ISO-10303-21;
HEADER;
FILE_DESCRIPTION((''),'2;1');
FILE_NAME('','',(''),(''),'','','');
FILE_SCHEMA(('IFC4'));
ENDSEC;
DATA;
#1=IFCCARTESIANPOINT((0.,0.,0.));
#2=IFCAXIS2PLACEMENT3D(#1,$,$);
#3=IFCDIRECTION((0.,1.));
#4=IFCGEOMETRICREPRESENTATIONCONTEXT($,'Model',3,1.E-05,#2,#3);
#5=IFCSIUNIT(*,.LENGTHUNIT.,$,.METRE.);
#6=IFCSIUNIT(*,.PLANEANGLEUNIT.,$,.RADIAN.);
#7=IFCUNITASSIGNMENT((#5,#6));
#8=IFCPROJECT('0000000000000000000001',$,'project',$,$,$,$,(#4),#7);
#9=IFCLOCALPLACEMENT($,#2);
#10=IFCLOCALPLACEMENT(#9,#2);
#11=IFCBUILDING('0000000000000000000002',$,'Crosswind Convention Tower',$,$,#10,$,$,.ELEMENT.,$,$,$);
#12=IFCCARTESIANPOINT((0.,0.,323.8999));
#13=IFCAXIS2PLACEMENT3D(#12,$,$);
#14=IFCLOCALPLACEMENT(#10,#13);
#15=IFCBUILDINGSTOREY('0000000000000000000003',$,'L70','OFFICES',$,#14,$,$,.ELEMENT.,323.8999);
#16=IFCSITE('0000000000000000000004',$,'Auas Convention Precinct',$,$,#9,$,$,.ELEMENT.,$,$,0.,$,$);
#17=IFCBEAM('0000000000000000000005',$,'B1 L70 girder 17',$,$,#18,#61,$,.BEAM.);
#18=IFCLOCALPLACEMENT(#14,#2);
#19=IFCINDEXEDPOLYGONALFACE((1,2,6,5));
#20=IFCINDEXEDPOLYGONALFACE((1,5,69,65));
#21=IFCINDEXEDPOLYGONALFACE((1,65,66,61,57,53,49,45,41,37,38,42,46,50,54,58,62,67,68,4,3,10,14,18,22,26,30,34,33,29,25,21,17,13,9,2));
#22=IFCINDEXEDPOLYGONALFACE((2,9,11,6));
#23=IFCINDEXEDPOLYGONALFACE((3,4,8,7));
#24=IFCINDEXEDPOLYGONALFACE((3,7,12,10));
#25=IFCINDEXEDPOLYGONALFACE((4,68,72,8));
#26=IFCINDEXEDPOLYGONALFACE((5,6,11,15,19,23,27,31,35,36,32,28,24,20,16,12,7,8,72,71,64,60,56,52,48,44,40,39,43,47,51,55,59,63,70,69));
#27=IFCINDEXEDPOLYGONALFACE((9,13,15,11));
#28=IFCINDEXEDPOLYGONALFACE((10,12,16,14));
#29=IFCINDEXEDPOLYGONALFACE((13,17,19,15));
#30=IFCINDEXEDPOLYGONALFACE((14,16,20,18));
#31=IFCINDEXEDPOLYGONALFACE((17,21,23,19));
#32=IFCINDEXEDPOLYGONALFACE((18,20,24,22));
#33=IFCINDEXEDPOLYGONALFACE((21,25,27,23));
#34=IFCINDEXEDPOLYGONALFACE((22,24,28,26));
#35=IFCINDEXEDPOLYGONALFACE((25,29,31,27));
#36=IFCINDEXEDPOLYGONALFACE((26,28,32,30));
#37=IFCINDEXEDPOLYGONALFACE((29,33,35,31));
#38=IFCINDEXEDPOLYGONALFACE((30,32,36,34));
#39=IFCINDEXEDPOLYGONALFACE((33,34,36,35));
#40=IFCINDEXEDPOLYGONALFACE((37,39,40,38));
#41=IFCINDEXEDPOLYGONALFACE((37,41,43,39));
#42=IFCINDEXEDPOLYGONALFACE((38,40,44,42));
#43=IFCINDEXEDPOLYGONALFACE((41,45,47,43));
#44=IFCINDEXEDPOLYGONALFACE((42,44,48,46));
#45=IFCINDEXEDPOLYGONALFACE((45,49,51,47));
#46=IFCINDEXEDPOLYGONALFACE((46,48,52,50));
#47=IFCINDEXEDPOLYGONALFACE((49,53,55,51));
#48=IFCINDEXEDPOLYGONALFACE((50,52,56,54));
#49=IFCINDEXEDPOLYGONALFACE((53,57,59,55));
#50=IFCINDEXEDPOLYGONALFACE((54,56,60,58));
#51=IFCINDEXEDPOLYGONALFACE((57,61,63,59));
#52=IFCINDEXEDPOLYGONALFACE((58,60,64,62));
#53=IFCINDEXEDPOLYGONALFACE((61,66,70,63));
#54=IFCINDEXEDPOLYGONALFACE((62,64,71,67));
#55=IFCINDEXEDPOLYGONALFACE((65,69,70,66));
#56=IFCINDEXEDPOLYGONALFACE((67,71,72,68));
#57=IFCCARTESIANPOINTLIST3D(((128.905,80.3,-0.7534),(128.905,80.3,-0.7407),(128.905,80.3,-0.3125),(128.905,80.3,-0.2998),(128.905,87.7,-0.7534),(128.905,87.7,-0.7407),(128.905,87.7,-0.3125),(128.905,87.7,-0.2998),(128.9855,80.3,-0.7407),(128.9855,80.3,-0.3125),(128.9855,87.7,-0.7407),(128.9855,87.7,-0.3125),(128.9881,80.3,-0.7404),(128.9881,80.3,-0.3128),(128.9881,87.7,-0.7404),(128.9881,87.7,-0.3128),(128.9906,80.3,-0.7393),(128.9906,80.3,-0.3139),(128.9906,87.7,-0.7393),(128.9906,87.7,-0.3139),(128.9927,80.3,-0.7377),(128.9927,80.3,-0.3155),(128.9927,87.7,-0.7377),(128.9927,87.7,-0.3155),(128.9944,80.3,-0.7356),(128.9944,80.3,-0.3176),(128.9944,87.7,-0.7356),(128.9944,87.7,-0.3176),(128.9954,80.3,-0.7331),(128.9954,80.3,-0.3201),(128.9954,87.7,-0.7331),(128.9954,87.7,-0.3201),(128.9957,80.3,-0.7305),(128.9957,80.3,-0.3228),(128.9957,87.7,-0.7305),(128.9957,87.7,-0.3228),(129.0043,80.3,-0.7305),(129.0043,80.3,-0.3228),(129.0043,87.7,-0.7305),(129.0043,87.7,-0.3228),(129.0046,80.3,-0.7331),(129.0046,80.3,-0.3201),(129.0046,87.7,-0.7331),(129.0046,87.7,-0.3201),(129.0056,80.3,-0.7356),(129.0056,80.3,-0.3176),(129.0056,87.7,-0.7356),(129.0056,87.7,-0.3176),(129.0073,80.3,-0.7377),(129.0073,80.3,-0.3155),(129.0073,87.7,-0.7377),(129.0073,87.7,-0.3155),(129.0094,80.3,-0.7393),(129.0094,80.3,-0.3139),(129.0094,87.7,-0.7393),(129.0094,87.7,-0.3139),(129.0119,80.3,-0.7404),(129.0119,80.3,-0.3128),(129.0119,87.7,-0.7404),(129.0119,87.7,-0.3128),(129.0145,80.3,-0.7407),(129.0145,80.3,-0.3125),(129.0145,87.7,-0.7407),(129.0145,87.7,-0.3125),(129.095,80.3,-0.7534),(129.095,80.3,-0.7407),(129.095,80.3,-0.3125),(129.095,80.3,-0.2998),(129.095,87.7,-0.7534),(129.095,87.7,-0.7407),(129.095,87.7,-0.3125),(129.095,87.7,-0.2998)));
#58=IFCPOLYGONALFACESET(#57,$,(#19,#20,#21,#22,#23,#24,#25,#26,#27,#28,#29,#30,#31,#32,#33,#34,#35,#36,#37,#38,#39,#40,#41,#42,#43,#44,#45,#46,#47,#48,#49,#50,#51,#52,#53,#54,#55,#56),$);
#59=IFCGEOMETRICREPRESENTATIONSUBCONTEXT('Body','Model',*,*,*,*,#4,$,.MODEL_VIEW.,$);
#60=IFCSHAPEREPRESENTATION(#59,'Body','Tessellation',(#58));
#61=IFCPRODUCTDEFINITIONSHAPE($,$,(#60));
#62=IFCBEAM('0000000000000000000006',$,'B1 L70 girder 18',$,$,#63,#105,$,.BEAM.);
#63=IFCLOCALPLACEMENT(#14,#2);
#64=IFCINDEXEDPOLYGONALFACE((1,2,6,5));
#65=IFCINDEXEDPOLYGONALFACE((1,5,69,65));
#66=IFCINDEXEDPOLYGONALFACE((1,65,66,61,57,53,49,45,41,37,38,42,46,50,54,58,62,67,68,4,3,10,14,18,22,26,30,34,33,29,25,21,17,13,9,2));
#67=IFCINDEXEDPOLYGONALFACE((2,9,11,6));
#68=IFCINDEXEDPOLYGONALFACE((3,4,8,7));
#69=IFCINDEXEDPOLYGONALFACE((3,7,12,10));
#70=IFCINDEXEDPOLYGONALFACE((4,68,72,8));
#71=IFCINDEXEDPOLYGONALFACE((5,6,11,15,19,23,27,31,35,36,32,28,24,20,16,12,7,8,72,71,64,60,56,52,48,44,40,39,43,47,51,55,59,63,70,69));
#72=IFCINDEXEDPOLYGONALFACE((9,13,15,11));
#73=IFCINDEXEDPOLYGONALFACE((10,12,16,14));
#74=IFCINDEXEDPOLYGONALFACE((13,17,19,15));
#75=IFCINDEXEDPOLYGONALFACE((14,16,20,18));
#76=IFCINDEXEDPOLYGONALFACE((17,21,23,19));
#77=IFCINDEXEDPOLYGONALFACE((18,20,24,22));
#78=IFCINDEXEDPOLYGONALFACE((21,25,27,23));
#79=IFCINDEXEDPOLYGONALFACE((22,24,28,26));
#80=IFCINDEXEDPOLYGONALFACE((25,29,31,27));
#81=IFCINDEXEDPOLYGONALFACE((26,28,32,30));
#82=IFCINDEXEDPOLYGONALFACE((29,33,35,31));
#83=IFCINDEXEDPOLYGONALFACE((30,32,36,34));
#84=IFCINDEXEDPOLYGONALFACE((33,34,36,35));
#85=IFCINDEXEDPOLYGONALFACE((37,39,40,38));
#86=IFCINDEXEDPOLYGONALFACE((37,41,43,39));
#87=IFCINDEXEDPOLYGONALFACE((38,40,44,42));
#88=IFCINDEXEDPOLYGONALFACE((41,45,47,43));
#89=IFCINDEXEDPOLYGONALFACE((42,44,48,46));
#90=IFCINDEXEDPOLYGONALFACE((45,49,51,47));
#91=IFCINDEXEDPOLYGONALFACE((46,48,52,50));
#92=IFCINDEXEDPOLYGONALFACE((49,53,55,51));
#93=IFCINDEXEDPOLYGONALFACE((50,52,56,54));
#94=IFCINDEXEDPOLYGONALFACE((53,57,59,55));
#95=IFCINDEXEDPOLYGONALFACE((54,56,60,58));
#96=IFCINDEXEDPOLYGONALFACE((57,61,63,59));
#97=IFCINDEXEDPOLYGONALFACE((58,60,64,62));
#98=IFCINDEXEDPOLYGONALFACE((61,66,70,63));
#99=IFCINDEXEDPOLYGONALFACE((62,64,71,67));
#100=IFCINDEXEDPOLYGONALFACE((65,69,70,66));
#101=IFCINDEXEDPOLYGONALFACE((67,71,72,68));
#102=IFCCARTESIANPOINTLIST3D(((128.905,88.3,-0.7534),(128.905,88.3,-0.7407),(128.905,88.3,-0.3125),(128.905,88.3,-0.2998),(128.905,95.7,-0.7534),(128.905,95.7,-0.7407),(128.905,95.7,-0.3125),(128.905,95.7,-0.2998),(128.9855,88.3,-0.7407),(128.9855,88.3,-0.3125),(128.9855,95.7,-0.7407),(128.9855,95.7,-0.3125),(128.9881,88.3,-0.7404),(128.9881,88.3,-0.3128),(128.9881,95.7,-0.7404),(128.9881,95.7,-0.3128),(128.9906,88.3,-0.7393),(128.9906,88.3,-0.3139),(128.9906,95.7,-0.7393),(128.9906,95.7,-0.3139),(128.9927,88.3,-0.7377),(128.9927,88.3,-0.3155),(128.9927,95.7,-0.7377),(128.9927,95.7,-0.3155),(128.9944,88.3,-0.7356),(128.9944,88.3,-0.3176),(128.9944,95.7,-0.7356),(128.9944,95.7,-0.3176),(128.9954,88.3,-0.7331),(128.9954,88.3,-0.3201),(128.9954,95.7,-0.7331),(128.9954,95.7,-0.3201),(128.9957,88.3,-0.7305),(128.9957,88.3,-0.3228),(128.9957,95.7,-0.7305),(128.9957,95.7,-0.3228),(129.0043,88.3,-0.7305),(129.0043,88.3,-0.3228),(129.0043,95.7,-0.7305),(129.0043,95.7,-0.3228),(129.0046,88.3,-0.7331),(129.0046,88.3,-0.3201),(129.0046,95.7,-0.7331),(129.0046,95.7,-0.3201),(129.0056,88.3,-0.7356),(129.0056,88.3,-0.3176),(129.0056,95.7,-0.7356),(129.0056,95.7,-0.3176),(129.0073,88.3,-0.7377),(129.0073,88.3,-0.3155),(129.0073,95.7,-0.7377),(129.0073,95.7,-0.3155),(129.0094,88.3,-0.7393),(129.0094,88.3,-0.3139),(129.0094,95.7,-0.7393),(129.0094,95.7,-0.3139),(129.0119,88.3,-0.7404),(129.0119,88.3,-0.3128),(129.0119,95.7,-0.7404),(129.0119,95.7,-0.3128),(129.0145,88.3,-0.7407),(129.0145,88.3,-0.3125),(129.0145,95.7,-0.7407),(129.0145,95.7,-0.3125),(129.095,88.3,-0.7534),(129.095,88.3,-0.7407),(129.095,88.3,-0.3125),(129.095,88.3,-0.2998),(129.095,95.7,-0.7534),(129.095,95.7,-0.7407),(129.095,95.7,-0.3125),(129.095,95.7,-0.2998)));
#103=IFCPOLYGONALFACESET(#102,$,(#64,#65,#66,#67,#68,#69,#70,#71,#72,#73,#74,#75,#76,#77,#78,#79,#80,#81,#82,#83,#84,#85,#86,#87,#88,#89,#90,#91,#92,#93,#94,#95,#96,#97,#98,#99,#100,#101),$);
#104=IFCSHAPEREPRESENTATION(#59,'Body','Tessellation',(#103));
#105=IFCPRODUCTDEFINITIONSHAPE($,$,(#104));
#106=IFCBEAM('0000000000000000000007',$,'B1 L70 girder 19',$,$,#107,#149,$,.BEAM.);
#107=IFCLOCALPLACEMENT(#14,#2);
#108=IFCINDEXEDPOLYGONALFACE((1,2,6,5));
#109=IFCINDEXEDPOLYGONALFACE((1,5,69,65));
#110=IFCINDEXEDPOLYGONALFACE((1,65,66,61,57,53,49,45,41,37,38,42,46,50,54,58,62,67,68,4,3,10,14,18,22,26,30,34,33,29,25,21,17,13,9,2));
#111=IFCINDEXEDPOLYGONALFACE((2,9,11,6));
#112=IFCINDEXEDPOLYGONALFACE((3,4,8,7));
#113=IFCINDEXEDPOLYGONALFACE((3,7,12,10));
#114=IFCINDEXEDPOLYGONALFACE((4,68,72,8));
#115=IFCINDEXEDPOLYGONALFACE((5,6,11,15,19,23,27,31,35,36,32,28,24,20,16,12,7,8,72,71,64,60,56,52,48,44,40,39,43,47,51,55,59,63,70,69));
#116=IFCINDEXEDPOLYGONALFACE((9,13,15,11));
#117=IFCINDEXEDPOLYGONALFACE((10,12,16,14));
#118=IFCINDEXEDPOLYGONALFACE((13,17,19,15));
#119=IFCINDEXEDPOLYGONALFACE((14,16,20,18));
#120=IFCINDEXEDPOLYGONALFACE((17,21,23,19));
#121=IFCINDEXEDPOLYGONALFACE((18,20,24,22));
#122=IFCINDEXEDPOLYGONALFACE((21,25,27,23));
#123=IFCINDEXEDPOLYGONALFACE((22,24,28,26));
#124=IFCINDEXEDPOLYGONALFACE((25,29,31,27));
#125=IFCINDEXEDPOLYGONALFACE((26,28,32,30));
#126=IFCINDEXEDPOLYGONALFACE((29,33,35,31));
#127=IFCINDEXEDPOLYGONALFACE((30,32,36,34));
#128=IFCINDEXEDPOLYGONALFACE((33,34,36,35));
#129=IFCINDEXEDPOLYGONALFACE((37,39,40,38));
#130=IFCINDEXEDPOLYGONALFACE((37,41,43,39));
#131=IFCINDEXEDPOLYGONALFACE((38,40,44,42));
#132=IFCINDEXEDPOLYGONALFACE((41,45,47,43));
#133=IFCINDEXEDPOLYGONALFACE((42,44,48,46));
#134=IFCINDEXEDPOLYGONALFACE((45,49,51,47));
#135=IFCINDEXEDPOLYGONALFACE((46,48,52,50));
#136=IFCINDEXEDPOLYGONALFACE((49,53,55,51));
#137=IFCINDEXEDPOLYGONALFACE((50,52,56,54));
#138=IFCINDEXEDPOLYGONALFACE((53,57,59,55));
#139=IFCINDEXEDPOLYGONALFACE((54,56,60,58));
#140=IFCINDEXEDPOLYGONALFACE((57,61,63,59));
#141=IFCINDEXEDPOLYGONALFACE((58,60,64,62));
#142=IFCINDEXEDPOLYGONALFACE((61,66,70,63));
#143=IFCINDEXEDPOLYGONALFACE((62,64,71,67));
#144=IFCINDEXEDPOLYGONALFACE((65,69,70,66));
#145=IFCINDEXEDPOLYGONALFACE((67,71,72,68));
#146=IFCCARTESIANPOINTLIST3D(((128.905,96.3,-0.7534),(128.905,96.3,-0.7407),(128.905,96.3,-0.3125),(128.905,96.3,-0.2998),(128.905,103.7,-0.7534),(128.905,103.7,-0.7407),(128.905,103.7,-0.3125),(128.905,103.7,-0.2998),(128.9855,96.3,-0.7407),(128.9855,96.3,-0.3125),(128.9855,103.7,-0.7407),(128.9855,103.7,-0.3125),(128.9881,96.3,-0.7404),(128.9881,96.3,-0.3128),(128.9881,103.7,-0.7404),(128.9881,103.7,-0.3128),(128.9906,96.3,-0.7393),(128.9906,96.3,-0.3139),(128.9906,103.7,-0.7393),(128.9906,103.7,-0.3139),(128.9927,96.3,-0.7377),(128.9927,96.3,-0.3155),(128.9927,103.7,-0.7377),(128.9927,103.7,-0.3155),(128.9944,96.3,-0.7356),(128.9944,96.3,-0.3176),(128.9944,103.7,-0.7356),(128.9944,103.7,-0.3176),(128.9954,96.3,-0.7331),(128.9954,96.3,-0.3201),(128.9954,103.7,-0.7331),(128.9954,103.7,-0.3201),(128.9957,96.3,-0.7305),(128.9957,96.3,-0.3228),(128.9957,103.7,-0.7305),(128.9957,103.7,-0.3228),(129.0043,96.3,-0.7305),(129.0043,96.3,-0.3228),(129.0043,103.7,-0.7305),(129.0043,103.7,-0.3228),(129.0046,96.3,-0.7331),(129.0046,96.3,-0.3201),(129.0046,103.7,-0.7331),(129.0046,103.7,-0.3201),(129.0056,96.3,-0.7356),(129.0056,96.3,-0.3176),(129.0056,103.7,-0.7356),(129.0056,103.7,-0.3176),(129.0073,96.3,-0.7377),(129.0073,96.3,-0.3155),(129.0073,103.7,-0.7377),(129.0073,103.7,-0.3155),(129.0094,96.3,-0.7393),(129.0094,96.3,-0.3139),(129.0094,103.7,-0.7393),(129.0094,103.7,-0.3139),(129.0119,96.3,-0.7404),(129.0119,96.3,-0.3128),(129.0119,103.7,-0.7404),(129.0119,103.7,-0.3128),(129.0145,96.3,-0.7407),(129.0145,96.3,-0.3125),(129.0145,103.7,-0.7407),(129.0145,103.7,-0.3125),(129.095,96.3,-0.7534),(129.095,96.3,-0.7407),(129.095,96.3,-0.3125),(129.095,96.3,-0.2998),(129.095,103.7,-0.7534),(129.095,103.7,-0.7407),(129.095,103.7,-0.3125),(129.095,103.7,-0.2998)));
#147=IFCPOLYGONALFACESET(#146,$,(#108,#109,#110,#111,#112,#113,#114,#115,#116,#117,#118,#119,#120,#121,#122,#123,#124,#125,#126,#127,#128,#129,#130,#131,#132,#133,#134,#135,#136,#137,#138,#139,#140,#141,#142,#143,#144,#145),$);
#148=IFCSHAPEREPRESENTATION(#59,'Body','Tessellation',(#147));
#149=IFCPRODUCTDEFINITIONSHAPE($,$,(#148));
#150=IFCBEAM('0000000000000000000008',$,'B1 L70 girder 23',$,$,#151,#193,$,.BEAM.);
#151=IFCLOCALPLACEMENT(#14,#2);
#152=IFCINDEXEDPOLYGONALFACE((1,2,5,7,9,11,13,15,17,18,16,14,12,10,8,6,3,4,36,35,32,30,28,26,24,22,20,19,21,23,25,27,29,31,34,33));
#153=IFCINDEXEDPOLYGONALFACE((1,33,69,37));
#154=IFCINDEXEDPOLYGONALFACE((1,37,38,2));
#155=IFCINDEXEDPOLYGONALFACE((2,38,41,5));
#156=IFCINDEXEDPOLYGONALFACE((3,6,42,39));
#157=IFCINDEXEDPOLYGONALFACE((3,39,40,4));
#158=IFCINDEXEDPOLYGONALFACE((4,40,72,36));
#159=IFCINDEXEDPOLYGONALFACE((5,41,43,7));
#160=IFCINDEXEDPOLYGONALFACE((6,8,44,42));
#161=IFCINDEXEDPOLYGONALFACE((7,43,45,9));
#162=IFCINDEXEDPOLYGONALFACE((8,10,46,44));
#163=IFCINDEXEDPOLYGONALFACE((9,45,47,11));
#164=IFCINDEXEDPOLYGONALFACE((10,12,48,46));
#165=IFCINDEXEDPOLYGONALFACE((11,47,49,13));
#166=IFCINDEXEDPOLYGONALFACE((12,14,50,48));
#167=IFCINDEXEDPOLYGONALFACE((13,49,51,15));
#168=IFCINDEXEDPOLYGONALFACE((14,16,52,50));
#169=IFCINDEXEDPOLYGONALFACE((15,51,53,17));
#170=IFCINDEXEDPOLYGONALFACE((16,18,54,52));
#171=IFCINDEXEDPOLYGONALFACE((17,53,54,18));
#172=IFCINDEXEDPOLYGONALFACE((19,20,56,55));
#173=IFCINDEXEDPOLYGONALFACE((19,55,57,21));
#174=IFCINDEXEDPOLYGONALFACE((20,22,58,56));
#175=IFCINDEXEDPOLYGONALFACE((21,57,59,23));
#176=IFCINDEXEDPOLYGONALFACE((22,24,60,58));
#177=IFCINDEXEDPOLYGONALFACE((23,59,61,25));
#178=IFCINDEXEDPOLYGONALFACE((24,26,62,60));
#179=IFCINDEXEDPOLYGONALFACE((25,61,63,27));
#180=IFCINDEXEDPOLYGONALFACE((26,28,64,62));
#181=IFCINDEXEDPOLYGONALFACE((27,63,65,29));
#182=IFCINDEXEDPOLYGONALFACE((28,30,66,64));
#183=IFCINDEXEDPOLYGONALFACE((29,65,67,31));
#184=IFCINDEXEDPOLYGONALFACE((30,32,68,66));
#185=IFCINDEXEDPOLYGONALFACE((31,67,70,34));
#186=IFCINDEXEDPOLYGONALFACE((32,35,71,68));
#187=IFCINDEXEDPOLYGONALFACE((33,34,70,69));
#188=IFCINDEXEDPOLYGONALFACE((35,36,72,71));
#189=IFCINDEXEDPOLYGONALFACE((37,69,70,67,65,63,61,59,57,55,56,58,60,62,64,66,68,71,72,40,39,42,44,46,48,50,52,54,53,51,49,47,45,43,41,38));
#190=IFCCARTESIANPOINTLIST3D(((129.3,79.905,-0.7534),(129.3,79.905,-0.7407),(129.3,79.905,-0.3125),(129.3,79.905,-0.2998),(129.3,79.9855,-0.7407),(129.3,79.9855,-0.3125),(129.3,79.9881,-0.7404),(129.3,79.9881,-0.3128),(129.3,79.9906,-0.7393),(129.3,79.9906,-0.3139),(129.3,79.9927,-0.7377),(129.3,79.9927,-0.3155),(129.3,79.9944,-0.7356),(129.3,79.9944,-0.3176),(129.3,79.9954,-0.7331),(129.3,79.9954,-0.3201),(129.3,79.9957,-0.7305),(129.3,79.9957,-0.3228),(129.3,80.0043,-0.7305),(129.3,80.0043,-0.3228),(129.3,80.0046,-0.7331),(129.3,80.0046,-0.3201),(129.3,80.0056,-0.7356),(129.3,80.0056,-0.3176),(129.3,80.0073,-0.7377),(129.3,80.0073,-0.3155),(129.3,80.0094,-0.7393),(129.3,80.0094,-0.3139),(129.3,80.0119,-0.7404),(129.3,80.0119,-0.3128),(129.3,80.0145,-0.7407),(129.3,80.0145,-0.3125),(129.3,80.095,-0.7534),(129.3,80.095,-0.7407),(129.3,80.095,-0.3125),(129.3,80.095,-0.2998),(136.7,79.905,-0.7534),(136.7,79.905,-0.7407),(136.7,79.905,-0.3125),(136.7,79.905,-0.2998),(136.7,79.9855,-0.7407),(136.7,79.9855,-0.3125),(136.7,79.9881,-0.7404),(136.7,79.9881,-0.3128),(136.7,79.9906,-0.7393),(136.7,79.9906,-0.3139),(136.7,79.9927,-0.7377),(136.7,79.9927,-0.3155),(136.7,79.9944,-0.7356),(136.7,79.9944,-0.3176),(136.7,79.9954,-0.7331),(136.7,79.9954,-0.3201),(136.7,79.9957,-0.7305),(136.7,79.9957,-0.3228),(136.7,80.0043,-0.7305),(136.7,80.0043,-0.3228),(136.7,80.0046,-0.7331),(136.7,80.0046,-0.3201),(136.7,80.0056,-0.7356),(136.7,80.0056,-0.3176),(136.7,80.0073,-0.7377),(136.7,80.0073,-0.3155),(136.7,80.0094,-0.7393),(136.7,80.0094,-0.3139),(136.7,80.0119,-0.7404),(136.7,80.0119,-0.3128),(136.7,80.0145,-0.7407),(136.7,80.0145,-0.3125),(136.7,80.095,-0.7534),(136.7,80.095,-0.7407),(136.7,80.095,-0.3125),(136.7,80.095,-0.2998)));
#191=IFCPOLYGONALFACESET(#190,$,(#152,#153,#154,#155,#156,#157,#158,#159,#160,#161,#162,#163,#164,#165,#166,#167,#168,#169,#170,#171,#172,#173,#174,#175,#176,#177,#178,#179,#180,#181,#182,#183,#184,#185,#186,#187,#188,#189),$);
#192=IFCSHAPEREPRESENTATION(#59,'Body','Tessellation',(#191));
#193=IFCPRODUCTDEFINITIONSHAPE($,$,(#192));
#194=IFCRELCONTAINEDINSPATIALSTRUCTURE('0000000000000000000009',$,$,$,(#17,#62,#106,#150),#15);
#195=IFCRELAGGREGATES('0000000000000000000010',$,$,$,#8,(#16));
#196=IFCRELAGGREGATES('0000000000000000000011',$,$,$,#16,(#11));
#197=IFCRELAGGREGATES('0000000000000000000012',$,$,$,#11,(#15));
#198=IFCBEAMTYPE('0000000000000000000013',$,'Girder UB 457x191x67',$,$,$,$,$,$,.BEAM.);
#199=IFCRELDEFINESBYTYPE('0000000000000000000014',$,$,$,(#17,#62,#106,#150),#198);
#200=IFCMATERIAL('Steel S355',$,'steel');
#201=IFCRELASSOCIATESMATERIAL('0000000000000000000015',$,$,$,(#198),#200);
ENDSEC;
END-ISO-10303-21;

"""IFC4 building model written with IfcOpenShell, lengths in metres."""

from ifc_helpers import new_model, si_unit, direction, frame, origin, origin_2d, place, context, subcontext, project, spatial, i_section, extrude, material, material_profile, profile_set, type_object, element, save


model = new_model("IFC4")

# Units and contexts
model_context = context("Model", 3, precision=1e-05, world=origin(), true_north=direction((0.0, 1.0)))
body_context = subcontext(model_context, "Body", "Model", "MODEL_VIEW")
ifc_project = project(units=[si_unit("LENGTHUNIT", "METRE"), si_unit("PLANEANGLEUNIT", "RADIAN")], contexts=[model_context])

# Site, building, storey
site_placement = place(None, origin())
site = spatial("IfcSite", under=ifc_project, at=site_placement, Name="Auas Convention Precinct", CompositionType="ELEMENT", RefElevation=0.0)
building_placement = place(site_placement, origin())
building = spatial("IfcBuilding", under=site, at=building_placement, Name="Crosswind Convention Tower", CompositionType="ELEMENT")
storey_placement = place(building_placement, frame((0.0, 0.0, 323.8999)))
storey = spatial("IfcBuildingStorey", under=building, at=storey_placement, Name="L70", Description="OFFICES", CompositionType="ELEMENT", Elevation=323.8999)

# Beams
ifc_material_1 = material(Name="Steel S355", Category="steel")
ifc_material_profile_1 = material_profile(ifc_material_1, i_section(OverallWidth=0.1899, OverallDepth=0.4536, WebThickness=0.0085, FlangeThickness=0.0127, FilletRadius=0.0103, at=origin_2d()), Name="UB 457x191x67")
ifc_profile_set_1 = profile_set([ifc_material_profile_1], Name="Steel S355")
beam_type_1 = type_object("IfcBeamType", Name="Girder UB 457x191x67", PredefinedType="BEAM", material=ifc_profile_set_1)
for number, where, z_axis, x_axis, name in (
    (1, (129.0, 80.3, -0.5266), (0.0, 1.0, 0.0), (-1.0, 0.0, 0.0), "B1 L70 girder 17"),
    (2, (129.0, 88.3, -0.5266), (0.0, 1.0, 0.0), (-1.0, 0.0, 0.0), "B1 L70 girder 18"),
    (3, (129.0, 96.3, -0.5266), (0.0, 1.0, 0.0), (-1.0, 0.0, 0.0), "B1 L70 girder 19"),
    (4, (129.3, 80.0, -0.5266), (1.0, 0.0, 0.0), (0.0, 1.0, 0.0), "B1 L70 girder 23"),
):
    element("IfcBeam", number, at=place(storey_placement, frame(where, z_axis=z_axis, x_axis=x_axis)), inside=storey, type_object=beam_type_1, Name=name, PredefinedType="BEAM", context=body_context, shape_type="SweptSolid", body=[
        extrude(i_section(OverallWidth=0.1899, OverallDepth=0.4536, WebThickness=0.0085, FlangeThickness=0.0127, FilletRadius=0.0103, at=origin_2d()), origin(), (0.0, 0.0, 1.0), 7.3999),
    ])

save(model, "model.ifc")
